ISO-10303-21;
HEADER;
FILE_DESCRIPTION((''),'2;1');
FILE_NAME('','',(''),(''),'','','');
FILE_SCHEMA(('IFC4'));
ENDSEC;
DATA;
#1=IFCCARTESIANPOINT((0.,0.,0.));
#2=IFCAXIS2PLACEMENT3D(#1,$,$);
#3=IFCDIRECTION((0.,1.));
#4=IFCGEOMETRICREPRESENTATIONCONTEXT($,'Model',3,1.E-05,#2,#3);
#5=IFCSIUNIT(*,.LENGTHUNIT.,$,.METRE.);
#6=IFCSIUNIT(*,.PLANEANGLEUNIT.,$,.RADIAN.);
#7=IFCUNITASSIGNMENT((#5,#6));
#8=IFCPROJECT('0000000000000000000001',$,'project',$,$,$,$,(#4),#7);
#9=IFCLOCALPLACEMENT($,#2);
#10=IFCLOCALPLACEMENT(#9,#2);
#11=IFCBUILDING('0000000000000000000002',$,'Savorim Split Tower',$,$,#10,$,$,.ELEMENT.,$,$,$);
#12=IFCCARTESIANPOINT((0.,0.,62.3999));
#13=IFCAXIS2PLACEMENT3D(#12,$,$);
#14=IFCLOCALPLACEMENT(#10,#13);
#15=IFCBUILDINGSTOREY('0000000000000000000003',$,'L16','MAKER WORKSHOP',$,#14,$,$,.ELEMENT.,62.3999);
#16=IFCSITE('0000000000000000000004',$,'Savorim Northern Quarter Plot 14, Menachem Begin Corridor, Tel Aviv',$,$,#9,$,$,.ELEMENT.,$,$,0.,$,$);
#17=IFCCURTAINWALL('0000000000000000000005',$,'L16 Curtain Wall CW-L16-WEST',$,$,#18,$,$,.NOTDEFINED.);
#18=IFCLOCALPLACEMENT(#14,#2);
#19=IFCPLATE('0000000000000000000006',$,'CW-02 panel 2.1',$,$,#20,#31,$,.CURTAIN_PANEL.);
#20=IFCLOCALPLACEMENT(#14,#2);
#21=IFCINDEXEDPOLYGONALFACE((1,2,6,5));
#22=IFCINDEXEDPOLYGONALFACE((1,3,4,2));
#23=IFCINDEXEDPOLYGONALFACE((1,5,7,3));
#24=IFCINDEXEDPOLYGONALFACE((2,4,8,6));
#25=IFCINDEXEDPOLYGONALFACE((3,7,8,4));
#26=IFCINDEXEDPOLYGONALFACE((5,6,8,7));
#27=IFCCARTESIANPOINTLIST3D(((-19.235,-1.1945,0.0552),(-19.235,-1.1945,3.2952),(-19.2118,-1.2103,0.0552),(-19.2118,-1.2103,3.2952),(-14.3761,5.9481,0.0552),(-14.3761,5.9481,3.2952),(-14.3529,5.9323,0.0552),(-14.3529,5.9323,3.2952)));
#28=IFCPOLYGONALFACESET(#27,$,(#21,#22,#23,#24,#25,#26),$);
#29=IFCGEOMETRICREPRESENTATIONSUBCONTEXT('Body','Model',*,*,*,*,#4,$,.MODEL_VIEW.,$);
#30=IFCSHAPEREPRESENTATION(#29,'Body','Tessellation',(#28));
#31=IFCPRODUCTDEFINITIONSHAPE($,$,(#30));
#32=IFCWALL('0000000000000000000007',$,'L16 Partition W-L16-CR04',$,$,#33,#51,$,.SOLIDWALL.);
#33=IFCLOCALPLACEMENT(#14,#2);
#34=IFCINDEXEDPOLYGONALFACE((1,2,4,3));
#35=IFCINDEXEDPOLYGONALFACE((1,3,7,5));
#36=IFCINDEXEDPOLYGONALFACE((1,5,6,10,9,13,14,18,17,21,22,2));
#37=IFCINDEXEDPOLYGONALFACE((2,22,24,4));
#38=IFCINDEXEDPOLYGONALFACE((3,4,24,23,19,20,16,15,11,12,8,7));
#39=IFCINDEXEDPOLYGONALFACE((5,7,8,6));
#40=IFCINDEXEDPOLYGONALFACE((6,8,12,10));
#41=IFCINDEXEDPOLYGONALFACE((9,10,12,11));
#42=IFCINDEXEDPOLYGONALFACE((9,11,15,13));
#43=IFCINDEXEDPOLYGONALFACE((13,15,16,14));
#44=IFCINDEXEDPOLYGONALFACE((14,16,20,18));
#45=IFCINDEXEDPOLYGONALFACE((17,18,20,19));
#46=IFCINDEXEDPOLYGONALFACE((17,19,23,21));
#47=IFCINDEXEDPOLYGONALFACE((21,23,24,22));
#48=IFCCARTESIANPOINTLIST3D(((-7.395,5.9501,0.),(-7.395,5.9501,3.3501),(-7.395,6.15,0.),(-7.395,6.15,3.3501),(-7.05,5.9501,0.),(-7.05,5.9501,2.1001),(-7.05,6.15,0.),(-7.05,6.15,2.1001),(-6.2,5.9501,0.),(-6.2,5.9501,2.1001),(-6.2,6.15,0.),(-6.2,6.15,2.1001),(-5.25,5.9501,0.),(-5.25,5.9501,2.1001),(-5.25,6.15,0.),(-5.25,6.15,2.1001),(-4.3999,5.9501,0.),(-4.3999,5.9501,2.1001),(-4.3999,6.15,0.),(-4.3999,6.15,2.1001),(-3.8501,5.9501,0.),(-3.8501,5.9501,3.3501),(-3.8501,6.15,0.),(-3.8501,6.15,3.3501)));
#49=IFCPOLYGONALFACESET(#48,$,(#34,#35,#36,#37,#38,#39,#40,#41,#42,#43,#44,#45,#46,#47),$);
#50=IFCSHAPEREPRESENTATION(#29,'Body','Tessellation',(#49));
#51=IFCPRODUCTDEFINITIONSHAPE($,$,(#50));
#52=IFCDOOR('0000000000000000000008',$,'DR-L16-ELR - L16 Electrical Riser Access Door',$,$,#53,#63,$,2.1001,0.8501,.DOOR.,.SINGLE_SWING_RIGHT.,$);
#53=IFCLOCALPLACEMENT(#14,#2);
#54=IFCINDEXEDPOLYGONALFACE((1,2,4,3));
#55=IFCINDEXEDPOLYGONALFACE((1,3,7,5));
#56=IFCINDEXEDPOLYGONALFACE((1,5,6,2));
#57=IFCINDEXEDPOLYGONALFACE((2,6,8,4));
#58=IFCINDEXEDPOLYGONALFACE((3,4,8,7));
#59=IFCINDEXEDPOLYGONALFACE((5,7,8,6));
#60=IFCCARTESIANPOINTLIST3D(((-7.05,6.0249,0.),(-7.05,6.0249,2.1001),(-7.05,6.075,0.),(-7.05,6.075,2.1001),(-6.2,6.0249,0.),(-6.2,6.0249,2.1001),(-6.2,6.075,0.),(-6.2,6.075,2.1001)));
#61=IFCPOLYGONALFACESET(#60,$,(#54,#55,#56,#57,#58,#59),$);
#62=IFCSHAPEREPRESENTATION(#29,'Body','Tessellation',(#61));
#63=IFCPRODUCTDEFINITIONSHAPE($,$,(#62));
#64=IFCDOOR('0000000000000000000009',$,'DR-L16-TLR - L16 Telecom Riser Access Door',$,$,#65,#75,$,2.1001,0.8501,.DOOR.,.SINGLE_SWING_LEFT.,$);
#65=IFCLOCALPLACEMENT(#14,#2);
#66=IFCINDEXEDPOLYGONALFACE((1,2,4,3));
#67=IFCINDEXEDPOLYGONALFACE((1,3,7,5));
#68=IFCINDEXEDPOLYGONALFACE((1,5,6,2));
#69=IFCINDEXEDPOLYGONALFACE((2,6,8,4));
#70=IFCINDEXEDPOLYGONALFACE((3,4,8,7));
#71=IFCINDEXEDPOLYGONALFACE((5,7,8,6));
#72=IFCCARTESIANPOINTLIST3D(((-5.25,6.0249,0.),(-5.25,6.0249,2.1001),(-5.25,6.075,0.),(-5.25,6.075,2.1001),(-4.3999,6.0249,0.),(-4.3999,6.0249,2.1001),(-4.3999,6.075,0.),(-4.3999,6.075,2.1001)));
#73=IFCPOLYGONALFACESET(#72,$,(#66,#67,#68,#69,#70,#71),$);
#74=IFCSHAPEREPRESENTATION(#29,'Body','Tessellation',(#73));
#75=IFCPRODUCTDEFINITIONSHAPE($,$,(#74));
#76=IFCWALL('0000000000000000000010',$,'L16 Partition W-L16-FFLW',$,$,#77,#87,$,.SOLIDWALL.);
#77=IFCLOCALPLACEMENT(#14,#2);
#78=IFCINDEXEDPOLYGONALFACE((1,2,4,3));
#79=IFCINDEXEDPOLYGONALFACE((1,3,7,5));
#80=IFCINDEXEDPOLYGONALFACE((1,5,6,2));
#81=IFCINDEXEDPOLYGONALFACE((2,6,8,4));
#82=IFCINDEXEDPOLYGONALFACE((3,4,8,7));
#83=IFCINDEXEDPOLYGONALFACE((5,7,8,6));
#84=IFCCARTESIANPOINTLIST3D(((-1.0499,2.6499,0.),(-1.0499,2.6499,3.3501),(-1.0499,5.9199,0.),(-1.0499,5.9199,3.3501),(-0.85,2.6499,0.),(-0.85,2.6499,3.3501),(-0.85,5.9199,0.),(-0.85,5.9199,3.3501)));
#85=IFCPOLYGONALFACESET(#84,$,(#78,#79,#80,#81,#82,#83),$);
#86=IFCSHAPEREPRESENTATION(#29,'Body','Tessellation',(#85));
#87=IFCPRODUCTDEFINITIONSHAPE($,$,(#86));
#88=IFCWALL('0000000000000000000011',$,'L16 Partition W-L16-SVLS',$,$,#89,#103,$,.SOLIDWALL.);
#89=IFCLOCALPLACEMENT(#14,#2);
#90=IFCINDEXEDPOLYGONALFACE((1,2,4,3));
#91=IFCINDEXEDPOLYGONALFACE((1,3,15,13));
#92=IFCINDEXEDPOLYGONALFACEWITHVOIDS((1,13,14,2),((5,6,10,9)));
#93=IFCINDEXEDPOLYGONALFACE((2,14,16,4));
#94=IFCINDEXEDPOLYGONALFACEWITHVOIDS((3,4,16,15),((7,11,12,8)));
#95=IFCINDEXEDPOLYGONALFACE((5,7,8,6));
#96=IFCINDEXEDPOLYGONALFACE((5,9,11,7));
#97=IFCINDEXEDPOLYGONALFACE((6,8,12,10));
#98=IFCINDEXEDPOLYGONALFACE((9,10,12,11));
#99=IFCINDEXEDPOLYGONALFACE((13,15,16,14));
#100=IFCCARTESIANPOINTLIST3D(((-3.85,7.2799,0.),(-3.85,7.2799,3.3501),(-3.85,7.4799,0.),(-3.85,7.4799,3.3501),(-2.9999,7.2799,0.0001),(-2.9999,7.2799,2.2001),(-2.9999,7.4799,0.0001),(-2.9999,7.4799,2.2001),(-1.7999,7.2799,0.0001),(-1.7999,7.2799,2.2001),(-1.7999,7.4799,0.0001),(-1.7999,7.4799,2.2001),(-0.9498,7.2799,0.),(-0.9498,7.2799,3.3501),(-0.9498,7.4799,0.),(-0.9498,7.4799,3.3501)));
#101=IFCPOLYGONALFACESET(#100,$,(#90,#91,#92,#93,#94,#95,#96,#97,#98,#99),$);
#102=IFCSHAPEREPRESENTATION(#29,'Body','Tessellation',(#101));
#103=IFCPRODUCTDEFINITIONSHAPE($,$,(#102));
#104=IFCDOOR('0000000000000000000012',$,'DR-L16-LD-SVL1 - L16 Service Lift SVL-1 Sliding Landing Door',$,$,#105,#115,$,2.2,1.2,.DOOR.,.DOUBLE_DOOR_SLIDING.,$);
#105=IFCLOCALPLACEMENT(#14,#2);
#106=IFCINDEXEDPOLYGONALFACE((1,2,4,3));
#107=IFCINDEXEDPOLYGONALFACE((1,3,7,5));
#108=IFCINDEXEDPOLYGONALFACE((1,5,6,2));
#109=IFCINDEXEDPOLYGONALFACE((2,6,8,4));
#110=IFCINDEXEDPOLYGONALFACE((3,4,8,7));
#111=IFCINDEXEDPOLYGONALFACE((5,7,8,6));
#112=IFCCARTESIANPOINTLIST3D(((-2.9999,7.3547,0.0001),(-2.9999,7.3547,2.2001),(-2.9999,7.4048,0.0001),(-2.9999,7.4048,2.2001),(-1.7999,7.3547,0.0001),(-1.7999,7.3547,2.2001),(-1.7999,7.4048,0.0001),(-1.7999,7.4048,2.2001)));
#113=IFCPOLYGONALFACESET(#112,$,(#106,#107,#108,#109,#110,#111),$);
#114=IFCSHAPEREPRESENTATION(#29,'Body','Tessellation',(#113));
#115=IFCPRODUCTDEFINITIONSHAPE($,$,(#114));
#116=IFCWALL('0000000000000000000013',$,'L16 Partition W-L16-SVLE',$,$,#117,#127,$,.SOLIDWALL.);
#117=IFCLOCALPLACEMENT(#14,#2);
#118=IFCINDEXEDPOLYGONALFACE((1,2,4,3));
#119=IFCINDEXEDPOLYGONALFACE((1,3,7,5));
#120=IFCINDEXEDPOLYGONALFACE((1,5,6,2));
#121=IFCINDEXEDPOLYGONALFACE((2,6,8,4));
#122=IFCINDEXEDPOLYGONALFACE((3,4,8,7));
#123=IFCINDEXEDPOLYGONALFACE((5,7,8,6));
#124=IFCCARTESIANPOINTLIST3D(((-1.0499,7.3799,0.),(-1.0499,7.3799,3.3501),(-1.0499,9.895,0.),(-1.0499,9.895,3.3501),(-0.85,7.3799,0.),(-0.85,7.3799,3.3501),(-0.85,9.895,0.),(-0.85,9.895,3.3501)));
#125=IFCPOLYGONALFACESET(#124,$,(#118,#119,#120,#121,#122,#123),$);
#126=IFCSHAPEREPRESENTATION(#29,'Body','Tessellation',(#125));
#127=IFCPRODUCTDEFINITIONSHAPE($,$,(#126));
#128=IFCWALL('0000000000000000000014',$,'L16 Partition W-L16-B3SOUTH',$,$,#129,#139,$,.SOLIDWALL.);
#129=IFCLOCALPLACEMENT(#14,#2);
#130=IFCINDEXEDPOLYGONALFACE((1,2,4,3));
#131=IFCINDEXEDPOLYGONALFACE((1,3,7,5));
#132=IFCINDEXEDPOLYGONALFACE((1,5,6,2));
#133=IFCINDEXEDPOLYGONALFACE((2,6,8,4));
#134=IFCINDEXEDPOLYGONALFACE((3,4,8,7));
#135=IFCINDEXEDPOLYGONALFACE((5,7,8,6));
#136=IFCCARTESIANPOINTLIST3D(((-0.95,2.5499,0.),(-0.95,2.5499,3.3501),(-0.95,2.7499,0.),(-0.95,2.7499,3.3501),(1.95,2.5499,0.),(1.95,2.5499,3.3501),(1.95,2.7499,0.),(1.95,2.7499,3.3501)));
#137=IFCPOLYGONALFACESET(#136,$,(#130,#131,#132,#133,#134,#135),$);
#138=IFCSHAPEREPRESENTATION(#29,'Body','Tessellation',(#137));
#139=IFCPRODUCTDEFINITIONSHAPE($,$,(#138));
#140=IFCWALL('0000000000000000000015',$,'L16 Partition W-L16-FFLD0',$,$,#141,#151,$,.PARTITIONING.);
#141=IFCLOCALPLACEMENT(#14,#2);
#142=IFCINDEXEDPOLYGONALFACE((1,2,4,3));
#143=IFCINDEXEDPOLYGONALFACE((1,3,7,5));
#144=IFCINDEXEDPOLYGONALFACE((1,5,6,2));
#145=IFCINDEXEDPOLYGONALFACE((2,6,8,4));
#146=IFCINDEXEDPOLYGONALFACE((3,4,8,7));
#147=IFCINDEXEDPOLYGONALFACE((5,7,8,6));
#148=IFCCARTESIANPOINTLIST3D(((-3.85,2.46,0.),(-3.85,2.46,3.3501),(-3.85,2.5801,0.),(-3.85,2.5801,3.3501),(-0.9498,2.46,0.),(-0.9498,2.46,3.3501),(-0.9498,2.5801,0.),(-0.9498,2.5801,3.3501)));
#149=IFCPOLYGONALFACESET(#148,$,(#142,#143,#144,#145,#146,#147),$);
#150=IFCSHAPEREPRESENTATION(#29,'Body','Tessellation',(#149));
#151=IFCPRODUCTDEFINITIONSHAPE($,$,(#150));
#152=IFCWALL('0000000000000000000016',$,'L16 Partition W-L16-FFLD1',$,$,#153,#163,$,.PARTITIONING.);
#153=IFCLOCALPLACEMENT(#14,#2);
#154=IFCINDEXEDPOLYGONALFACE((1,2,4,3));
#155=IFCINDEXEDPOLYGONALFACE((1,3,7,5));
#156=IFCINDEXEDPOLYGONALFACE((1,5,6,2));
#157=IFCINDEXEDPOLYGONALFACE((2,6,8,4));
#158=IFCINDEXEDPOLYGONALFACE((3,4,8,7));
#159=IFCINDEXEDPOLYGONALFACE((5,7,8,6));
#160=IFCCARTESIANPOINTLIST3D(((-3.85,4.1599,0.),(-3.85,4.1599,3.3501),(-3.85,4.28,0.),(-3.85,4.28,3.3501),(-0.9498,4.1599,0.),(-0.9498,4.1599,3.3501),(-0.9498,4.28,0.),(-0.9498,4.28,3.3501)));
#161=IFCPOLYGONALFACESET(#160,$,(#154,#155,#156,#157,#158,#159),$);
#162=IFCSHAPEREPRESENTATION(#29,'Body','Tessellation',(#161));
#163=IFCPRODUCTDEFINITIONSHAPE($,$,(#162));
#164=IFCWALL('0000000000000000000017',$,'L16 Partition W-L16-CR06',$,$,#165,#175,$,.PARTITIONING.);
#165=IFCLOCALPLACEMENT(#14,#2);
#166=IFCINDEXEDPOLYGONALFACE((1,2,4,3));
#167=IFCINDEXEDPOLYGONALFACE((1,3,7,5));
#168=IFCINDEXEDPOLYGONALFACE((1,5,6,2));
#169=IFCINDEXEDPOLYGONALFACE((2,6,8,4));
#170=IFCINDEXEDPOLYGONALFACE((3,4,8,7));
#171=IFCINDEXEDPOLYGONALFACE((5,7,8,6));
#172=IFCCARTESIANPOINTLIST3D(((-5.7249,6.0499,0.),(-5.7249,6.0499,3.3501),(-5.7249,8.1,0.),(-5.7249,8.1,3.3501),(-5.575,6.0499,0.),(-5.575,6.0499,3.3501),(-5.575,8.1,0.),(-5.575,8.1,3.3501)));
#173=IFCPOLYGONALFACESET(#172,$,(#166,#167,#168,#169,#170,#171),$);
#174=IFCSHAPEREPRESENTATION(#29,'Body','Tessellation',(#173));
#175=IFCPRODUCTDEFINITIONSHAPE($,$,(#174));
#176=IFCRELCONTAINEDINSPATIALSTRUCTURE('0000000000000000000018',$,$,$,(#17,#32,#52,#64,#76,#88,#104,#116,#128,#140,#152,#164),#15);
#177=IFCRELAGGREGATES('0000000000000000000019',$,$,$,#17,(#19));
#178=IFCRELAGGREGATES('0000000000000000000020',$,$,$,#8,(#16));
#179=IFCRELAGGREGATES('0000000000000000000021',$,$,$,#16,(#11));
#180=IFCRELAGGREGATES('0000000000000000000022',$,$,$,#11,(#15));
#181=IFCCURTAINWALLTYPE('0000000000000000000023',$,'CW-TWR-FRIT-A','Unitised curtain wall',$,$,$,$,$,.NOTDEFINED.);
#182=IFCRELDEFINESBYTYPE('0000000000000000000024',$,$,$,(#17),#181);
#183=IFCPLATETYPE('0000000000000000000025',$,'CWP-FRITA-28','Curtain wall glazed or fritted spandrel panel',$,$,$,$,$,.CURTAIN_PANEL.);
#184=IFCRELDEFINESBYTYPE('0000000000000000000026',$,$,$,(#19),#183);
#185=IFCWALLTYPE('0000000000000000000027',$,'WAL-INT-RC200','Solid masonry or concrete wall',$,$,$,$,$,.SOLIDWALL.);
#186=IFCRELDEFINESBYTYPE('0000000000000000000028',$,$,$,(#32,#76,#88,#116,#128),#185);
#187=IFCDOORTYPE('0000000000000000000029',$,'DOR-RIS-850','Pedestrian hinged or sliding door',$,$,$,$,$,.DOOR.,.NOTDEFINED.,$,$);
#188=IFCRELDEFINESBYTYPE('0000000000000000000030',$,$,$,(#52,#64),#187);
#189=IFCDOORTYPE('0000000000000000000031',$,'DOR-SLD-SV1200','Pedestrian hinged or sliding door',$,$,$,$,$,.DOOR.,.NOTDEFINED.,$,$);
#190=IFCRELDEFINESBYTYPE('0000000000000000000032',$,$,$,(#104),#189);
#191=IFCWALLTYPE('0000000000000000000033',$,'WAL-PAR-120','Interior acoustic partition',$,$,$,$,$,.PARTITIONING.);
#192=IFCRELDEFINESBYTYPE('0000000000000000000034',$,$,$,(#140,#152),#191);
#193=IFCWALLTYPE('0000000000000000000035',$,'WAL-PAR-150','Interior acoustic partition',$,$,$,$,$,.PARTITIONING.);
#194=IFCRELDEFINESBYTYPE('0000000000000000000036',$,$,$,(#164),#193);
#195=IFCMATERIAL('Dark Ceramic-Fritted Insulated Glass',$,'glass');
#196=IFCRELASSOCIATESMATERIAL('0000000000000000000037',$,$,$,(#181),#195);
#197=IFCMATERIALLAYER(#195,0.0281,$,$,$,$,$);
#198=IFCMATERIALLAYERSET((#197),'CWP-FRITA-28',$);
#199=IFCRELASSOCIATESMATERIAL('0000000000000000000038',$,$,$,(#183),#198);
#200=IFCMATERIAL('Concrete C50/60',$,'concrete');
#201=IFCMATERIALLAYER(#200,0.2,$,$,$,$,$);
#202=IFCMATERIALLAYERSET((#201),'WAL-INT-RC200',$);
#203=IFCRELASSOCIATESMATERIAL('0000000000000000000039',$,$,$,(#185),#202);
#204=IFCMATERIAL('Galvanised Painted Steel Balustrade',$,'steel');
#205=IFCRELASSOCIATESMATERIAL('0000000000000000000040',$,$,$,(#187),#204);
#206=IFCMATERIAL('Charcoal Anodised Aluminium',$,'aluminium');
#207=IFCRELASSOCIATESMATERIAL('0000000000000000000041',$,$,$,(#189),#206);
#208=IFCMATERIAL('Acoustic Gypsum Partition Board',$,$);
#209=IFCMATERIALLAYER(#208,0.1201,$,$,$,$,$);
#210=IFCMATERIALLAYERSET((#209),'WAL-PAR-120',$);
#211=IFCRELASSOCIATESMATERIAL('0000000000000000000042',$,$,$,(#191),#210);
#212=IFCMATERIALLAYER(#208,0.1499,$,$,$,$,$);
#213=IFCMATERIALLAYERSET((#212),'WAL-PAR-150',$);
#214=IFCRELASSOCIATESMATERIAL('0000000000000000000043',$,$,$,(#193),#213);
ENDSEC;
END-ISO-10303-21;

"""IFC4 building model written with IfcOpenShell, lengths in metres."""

from ifc_helpers import new_model, si_unit, direction, frame, frame_2d, origin, origin_2d, place, context, subcontext, project, spatial, rectangle, extrude, material, layer, layer_set, type_object, element, fill, aggregate, save


model = new_model("IFC4")

# Units and contexts
model_context = context("Model", 3, precision=1e-05, world=origin(), true_north=direction((0.0, 1.0)))
body_context = subcontext(model_context, "Body", "Model", "MODEL_VIEW")
ifc_project = project(units=[si_unit("LENGTHUNIT", "METRE"), si_unit("PLANEANGLEUNIT", "RADIAN")], contexts=[model_context])

# Site, building, storey
site_placement = place(None, origin())
site = spatial("IfcSite", under=ifc_project, at=site_placement, Name="Savorim Northern Quarter Plot 14, Menachem Begin Corridor, Tel Aviv", CompositionType="ELEMENT", RefElevation=0.0)
building_placement = place(site_placement, origin())
building = spatial("IfcBuilding", under=site, at=building_placement, Name="Savorim Split Tower", CompositionType="ELEMENT")
storey_placement = place(building_placement, frame((0.0, 0.0, 62.3999)))
storey = spatial("IfcBuildingStorey", under=building, at=storey_placement, Name="L16", Description="MAKER WORKSHOP", CompositionType="ELEMENT", Elevation=62.3999)

# Curtain wall, plate
ifc_material_1 = material(Name="Dark Ceramic-Fritted Insulated Glass", Category="glass")
curtain_wall_type = type_object("IfcCurtainWallType", Name="CW-TWR-FRIT-A", Description="Unitised curtain wall", PredefinedType="NOTDEFINED", material=ifc_material_1)
curtain_wall_placement = place(storey_placement, origin())
curtain_wall = element("IfcCurtainWall", 1, at=curtain_wall_placement, inside=storey, type_object=curtain_wall_type, Name="L16 Curtain Wall CW-L16-WEST", PredefinedType="NOTDEFINED")
ifc_material_2 = material(Name="Charcoal Anodised Aluminium", Category="aluminium")
ifc_layer_1 = layer(ifc_material_1, 0.0281)
ifc_layer_set_1 = layer_set([ifc_layer_1], Name="CWP-FRITA-28")
plate_type = type_object("IfcPlateType", Name="CWP-FRITA-28", Description="Curtain wall glazed or fritted spandrel panel", PredefinedType="CURTAIN_PANEL", material=ifc_layer_set_1)
plate_placement = place(storey_placement, frame((-16.7939, 2.3689, 0.0552), z_axis=(0.0, 0.0, 1.0), x_axis=(-0.562466, -0.82682, 0.0)))
plate = element("IfcPlate", 2, at=plate_placement, type_object=plate_type, Name="CW-02 panel 2.1", PredefinedType="CURTAIN_PANEL", context=body_context, shape_type="SweptSolid", body=[
    extrude(rectangle(XDim=8.6387, YDim=0.0281, at=origin_2d()), origin(), (0.0, 0.0, 1.0), 3.24),
])
aggregate(curtain_wall, [plate])

# Wall, openings, doors
ifc_material_3 = material(Name="Concrete C50/60", Category="concrete")
ifc_layer_2 = layer(ifc_material_3, 0.2)
ifc_layer_set_2 = layer_set([ifc_layer_2], Name="WAL-INT-RC200")
wall_type_1 = type_object("IfcWallType", Name="WAL-INT-RC200", Description="Solid masonry or concrete wall", PredefinedType="SOLIDWALL", material=ifc_layer_set_2)
wall_1_placement = place(storey_placement, frame((-7.395, 6.05, 0.0), z_axis=(0.0, 0.0, 1.0), x_axis=(1.0, 0.0, 0.0)))
wall_1 = element("IfcWall", 3, at=wall_1_placement, inside=storey, type_object=wall_type_1, Name="L16 Partition W-L16-CR04", PredefinedType="SOLIDWALL", context=body_context, shape_type="SweptSolid", body=[
    extrude(rectangle(XDim=3.5449, YDim=0.2, at=frame_2d((1.7725, 0.0))), origin(), (0.0, 0.0, 1.0), 3.3501),
])
opening_1_placement = place(wall_1_placement, frame((0.345, 0.0, 0.0)))
opening_1 = element("IfcOpeningElement", 4, at=opening_1_placement, cuts=wall_1, PredefinedType="OPENING", context=body_context, shape_type="SweptSolid", body=[
    extrude(rectangle(XDim=0.8501, YDim=2.1001, at=frame_2d((0.425, 1.05))), frame((0.0, 0.1099, 0.0), z_axis=(0.0, -1.0, 0.0), x_axis=(1.0, 0.0, 0.0)), (0.0, 0.0, 1.0), 0.22),
])
opening_2_placement = place(wall_1_placement, frame((2.145, 0.0, 0.0)))
opening_2 = element("IfcOpeningElement", 5, at=opening_2_placement, cuts=wall_1, PredefinedType="OPENING", context=body_context, shape_type="SweptSolid", body=[
    extrude(rectangle(XDim=0.8501, YDim=2.1001, at=frame_2d((0.425, 1.05))), frame((0.0, 0.1099, 0.0), z_axis=(0.0, -1.0, 0.0), x_axis=(1.0, 0.0, 0.0)), (0.0, 0.0, 1.0), 0.22),
])
ifc_material_4 = material(Name="Galvanised Painted Steel Balustrade", Category="steel")
door_type_1 = type_object("IfcDoorType", Name="DOR-RIS-850", Description="Pedestrian hinged or sliding door", OperationType="NOTDEFINED", PredefinedType="DOOR", material=ifc_material_4)
door_1_placement = place(opening_1_placement, origin())
door_1 = element("IfcDoor", 6, at=door_1_placement, inside=storey, type_object=door_type_1, Name="DR-L16-ELR - L16 Electrical Riser Access Door", OperationType="SINGLE_SWING_RIGHT", OverallHeight=2.1001, OverallWidth=0.8501, PredefinedType="DOOR", context=body_context, shape_type="SweptSolid", body=[
    extrude(rectangle(XDim=0.8501, YDim=2.1001, at=frame_2d((0.425, 1.05))), frame((0.0, 0.0249, 0.0), z_axis=(0.0, -1.0, 0.0), x_axis=(1.0, 0.0, 0.0)), (0.0, 0.0, 1.0), 0.05),
])
fill(opening_1, door_1)
door_2_placement = place(opening_2_placement, origin())
door_2 = element("IfcDoor", 7, at=door_2_placement, inside=storey, type_object=door_type_1, Name="DR-L16-TLR - L16 Telecom Riser Access Door", OperationType="SINGLE_SWING_LEFT", OverallHeight=2.1001, OverallWidth=0.8501, PredefinedType="DOOR", context=body_context, shape_type="SweptSolid", body=[
    extrude(rectangle(XDim=0.8501, YDim=2.1001, at=frame_2d((0.425, 1.05))), frame((0.0, 0.0249, 0.0), z_axis=(0.0, -1.0, 0.0), x_axis=(1.0, 0.0, 0.0)), (0.0, 0.0, 1.0), 0.05),
])
fill(opening_2, door_2)

# Wall
wall_2_placement = place(storey_placement, frame((-0.95, 2.6499, 0.0), z_axis=(0.0, 0.0, 1.0), x_axis=(0.0, 1.0, 0.0)))
element("IfcWall", 8, at=wall_2_placement, inside=storey, type_object=wall_type_1, Name="L16 Partition W-L16-FFLW", PredefinedType="SOLIDWALL", context=body_context, shape_type="SweptSolid", body=[
    extrude(rectangle(XDim=3.27, YDim=0.2, at=frame_2d((1.635, 0.0))), origin(), (0.0, 0.0, 1.0), 3.3501),
])

# Wall, opening, door
wall_3_placement = place(storey_placement, frame((-3.8501, 7.3799, 0.0), z_axis=(0.0, 0.0, 1.0), x_axis=(1.0, 0.0, 0.0)))
wall_3 = element("IfcWall", 9, at=wall_3_placement, inside=storey, type_object=wall_type_1, Name="L16 Partition W-L16-SVLS", PredefinedType="SOLIDWALL", context=body_context, shape_type="SweptSolid", body=[
    extrude(rectangle(XDim=2.9001, YDim=0.2, at=frame_2d((1.4502, 0.0))), origin(), (0.0, 0.0, 1.0), 3.3501),
])
opening_3_placement = place(wall_3_placement, frame((0.8501, 0.0, 0.0)))
opening_3 = element("IfcOpeningElement", 10, at=opening_3_placement, cuts=wall_3, PredefinedType="OPENING", context=body_context, shape_type="SweptSolid", body=[
    extrude(rectangle(XDim=1.2, YDim=2.2, at=frame_2d((0.6001, 1.1001))), frame((0.0, 0.1099, 0.0), z_axis=(0.0, -1.0, 0.0), x_axis=(1.0, 0.0, 0.0)), (0.0, 0.0, 1.0), 0.22),
])
door_type_2 = type_object("IfcDoorType", Name="DOR-SLD-SV1200", Description="Pedestrian hinged or sliding door", OperationType="NOTDEFINED", PredefinedType="DOOR", material=ifc_material_2)
door_3_placement = place(opening_3_placement, origin())
door_3 = element("IfcDoor", 11, at=door_3_placement, inside=storey, type_object=door_type_2, Name="DR-L16-LD-SVL1 - L16 Service Lift SVL-1 Sliding Landing Door", OperationType="DOUBLE_DOOR_SLIDING", OverallHeight=2.2, OverallWidth=1.2, PredefinedType="DOOR", context=body_context, shape_type="SweptSolid", body=[
    extrude(rectangle(XDim=1.2, YDim=2.2, at=frame_2d((0.6001, 1.1001))), frame((0.0, 0.0249, 0.0), z_axis=(0.0, -1.0, 0.0), x_axis=(1.0, 0.0, 0.0)), (0.0, 0.0, 1.0), 0.05),
])
fill(opening_3, door_3)

# Walls
wall_4_placement = place(storey_placement, frame((-0.95, 7.3799, 0.0), z_axis=(0.0, 0.0, 1.0), x_axis=(0.0, 1.0, 0.0)))
element("IfcWall", 12, at=wall_4_placement, inside=storey, type_object=wall_type_1, Name="L16 Partition W-L16-SVLE", PredefinedType="SOLIDWALL", context=body_context, shape_type="SweptSolid", body=[
    extrude(rectangle(XDim=2.5151, YDim=0.2, at=frame_2d((1.2576, 0.0))), origin(), (0.0, 0.0, 1.0), 3.3501),
])
wall_5_placement = place(storey_placement, frame((-0.95, 2.6499, 0.0), z_axis=(0.0, 0.0, 1.0), x_axis=(1.0, 0.0, 0.0)))
element("IfcWall", 13, at=wall_5_placement, inside=storey, type_object=wall_type_1, Name="L16 Partition W-L16-B3SOUTH", PredefinedType="SOLIDWALL", context=body_context, shape_type="SweptSolid", body=[
    extrude(rectangle(XDim=2.8999, YDim=0.2, at=frame_2d((1.45, 0.0))), origin(), (0.0, 0.0, 1.0), 3.3501),
])
ifc_material_5 = material(Name="Acoustic Gypsum Partition Board")
ifc_layer_3 = layer(ifc_material_5, 0.1201)
ifc_layer_set_3 = layer_set([ifc_layer_3], Name="WAL-PAR-120")
wall_type_2 = type_object("IfcWallType", Name="WAL-PAR-120", Description="Interior acoustic partition", PredefinedType="PARTITIONING", material=ifc_layer_set_3)
for number, where, z_axis, x_axis, name in (
    (14, (-3.8501, 2.52, 0.0), (0.0, 0.0, 1.0), (1.0, 0.0, 0.0), "L16 Partition W-L16-FFLD0"),
    (15, (-3.8501, 4.22, 0.0), (0.0, 0.0, 1.0), (1.0, 0.0, 0.0), "L16 Partition W-L16-FFLD1"),
):
    element("IfcWall", number, at=place(storey_placement, frame(where, z_axis=z_axis, x_axis=x_axis)), inside=storey, type_object=wall_type_2, Name=name, PredefinedType="PARTITIONING", context=body_context, shape_type="SweptSolid", body=[
        extrude(rectangle(XDim=2.9001, YDim=0.1201, at=frame_2d((1.4502, 0.0))), origin(), (0.0, 0.0, 1.0), 3.3501),
    ])
ifc_layer_4 = layer(ifc_material_5, 0.1499)
ifc_layer_set_4 = layer_set([ifc_layer_4], Name="WAL-PAR-150")
wall_type_3 = type_object("IfcWallType", Name="WAL-PAR-150", Description="Interior acoustic partition", PredefinedType="PARTITIONING", material=ifc_layer_set_4)
wall_6_placement = place(storey_placement, frame((-5.6499, 6.05, 0.0), z_axis=(0.0, 0.0, 1.0), x_axis=(0.0, 1.0, 0.0)))
element("IfcWall", 16, at=wall_6_placement, inside=storey, type_object=wall_type_3, Name="L16 Partition W-L16-CR06", PredefinedType="PARTITIONING", context=body_context, shape_type="SweptSolid", body=[
    extrude(rectangle(XDim=2.05, YDim=0.1499, at=frame_2d((1.0249, 0.0))), origin(), (0.0, 0.0, 1.0), 3.3501),
])

save(model, "model.ifc")
